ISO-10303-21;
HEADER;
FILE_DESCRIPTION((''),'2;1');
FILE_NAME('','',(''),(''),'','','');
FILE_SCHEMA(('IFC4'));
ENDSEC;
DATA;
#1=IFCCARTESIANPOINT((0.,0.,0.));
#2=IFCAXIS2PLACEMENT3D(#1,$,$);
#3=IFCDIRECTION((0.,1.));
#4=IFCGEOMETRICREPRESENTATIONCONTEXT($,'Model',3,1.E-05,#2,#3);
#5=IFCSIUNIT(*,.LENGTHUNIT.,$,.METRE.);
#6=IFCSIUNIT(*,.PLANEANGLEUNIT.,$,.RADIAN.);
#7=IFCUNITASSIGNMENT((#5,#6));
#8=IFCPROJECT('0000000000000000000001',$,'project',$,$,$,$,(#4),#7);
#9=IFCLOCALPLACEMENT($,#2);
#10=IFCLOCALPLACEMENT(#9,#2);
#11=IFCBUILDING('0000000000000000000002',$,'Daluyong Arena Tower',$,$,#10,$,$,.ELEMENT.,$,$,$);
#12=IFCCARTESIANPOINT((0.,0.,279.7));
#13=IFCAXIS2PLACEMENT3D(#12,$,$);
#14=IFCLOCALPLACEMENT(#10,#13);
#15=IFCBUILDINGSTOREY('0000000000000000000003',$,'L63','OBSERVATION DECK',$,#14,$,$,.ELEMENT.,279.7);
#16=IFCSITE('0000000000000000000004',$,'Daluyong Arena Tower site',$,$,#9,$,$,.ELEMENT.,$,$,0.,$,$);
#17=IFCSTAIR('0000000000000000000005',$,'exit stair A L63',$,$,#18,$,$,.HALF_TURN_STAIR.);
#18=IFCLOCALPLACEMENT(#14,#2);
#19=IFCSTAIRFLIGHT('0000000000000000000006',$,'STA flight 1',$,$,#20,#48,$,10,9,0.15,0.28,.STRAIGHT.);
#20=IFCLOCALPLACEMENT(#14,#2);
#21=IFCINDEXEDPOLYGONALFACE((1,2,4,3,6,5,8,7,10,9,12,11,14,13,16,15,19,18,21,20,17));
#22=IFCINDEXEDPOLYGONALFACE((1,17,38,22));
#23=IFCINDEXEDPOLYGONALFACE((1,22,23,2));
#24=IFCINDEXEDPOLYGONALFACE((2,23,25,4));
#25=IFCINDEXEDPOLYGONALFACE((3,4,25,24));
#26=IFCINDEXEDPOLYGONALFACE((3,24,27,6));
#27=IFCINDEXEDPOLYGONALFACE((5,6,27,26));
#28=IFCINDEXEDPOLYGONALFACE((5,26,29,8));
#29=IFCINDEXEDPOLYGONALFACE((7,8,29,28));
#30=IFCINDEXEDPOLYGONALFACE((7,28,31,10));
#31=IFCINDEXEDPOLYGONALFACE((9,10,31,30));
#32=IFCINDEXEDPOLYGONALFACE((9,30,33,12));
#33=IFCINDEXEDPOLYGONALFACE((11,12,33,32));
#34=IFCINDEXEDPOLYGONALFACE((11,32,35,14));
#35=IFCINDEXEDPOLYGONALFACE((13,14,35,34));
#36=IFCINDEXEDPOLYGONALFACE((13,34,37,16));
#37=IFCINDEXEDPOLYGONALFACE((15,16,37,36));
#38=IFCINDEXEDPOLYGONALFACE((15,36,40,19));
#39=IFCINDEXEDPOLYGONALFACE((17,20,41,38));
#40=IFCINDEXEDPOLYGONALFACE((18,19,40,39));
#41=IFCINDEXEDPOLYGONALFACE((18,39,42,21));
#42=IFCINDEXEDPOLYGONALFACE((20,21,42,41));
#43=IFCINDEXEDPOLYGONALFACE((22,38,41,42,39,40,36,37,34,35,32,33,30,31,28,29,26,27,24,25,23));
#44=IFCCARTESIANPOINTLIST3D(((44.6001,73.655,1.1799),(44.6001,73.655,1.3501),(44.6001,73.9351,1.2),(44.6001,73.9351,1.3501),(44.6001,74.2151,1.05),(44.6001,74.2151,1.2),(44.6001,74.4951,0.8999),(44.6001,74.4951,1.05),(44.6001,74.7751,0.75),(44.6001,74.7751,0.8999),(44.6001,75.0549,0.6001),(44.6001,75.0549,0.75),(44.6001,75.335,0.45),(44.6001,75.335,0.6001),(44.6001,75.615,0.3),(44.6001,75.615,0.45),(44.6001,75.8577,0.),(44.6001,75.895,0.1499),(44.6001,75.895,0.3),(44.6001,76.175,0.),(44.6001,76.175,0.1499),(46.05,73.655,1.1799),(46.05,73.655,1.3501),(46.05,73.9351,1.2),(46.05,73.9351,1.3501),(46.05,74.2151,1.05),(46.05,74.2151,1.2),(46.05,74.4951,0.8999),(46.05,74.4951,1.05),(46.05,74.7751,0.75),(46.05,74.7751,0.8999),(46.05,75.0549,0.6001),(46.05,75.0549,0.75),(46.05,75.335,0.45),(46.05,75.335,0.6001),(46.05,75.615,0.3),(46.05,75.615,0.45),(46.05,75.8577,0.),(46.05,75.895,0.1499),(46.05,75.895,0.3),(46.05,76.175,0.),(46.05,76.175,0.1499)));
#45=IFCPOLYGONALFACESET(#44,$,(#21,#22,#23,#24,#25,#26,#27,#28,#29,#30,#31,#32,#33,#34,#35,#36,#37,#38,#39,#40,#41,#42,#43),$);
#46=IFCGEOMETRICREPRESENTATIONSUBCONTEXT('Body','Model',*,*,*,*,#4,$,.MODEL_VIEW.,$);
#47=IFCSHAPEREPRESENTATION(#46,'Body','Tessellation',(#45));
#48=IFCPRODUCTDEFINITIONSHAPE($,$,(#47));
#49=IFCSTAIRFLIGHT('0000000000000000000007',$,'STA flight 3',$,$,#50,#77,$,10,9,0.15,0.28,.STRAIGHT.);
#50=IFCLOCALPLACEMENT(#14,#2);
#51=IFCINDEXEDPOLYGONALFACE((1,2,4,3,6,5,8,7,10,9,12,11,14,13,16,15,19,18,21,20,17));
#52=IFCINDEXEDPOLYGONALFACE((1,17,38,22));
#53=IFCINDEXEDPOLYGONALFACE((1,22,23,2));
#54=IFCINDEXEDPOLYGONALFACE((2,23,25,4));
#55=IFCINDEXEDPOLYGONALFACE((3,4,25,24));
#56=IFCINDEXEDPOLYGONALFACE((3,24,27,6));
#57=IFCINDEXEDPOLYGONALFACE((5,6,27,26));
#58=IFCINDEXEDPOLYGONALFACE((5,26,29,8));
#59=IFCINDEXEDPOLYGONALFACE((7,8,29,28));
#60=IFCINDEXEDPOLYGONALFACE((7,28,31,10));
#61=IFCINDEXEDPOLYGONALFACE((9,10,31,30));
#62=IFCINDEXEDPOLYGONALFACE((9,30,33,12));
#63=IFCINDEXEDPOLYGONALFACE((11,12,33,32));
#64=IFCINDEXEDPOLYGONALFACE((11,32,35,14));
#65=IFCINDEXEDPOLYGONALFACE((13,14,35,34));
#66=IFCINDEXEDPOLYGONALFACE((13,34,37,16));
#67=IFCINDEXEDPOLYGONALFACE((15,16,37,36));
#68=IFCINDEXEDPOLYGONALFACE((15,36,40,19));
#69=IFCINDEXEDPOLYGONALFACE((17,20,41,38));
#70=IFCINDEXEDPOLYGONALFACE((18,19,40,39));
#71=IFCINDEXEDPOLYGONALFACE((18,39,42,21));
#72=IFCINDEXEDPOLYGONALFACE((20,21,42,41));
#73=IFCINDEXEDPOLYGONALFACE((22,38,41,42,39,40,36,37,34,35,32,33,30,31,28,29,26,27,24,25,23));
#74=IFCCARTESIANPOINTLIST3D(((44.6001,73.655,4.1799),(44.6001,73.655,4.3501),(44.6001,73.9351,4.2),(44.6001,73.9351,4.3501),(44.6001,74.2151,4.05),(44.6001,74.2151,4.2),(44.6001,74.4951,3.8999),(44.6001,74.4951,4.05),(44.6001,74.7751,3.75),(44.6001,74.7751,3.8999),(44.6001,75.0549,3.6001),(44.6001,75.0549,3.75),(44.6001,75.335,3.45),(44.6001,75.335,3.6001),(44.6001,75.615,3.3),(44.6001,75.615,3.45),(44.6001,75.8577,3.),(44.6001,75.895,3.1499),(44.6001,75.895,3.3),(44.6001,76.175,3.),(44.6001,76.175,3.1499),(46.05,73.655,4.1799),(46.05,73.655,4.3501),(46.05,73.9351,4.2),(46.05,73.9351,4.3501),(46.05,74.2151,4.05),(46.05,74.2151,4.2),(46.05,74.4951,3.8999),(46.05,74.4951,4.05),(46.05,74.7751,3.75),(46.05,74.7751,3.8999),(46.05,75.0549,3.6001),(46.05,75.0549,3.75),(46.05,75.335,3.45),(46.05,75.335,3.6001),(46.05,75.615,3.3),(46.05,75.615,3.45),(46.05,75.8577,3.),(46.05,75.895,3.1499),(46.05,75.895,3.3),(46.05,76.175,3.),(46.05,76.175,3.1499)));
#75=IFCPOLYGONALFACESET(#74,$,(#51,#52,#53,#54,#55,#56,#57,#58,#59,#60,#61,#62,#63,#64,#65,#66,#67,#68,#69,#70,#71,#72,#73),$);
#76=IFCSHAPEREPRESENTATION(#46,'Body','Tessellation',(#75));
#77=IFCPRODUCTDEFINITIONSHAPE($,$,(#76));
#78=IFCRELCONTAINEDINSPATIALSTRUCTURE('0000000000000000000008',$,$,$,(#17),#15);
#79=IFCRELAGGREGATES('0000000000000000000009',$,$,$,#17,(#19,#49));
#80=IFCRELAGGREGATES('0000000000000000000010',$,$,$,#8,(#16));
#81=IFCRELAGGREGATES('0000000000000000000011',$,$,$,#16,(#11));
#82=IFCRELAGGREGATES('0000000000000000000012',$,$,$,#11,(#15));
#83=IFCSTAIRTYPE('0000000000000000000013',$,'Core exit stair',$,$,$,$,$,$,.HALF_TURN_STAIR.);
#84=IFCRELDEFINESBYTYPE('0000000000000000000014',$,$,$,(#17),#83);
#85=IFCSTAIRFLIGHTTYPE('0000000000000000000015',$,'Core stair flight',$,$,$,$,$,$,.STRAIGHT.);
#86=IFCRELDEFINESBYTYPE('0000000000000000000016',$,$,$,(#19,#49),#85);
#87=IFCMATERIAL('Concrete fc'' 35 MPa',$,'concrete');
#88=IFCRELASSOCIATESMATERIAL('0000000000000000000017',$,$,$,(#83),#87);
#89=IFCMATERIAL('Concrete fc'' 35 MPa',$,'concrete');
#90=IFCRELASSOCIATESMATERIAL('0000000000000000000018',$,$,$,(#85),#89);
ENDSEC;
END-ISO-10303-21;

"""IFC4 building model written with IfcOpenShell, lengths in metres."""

from ifc_helpers import new_model, si_unit, direction, frame, origin, place, context, subcontext, project, spatial, polyline, outline, extrude, material, type_object, element, aggregate, save


model = new_model("IFC4")

# Units and contexts
model_context = context("Model", 3, precision=1e-05, world=origin(), true_north=direction((0.0, 1.0)))
body_context = subcontext(model_context, "Body", "Model", "MODEL_VIEW")
ifc_project = project(units=[si_unit("LENGTHUNIT", "METRE"), si_unit("PLANEANGLEUNIT", "RADIAN")], contexts=[model_context])

# Site, building, storey
site_placement = place(None, origin())
site = spatial("IfcSite", under=ifc_project, at=site_placement, Name="Daluyong Arena Tower site", CompositionType="ELEMENT", RefElevation=0.0)
building_placement = place(site_placement, origin())
building = spatial("IfcBuilding", under=site, at=building_placement, Name="Daluyong Arena Tower", CompositionType="ELEMENT")
storey_placement = place(building_placement, frame((0.0, 0.0, 279.7)))
storey = spatial("IfcBuildingStorey", under=building, at=storey_placement, Name="L63", Description="OBSERVATION DECK", CompositionType="ELEMENT", Elevation=279.7)

# Stair, stair flights
ifc_material_1 = material(Name="Concrete fc' 35 MPa", Category="concrete")
stair_type = type_object("IfcStairType", Name="Core exit stair", PredefinedType="HALF_TURN_STAIR", material=ifc_material_1)
stair_placement = place(storey_placement, origin())
stair = element("IfcStair", 1, at=stair_placement, inside=storey, type_object=stair_type, Name="exit stair A L63", PredefinedType="HALF_TURN_STAIR")
ifc_material_2 = material(Name="Concrete fc' 35 MPa", Category="concrete")
stair_flight_type = type_object("IfcStairFlightType", Name="Core stair flight", PredefinedType="STRAIGHT", material=ifc_material_2)
stair_flight_1_placement = place(storey_placement, frame((45.325, 76.175, 0.0), z_axis=(0.0, 0.0, 1.0), x_axis=(0.0, -1.0, 0.0)))
stair_flight_1 = element("IfcStairFlight", 2, at=stair_flight_1_placement, type_object=stair_flight_type, Name="STA flight 1", NumberOfRisers=10, NumberOfTreads=9, PredefinedType="STRAIGHT", RiserHeight=0.15, TreadLength=0.28, context=body_context, shape_type="SweptSolid", body=[
    extrude(outline(polyline([(0.0, 0.0), (0.0, 0.1499), (0.28, 0.1499), (0.28, 0.3), (0.5601, 0.3), (0.5601, 0.45), (0.8401, 0.45), (0.8401, 0.6001), (1.1201, 0.6001), (1.1201, 0.75), (1.3999, 0.75), (1.3999, 0.8999), (1.6799, 0.8999), (1.6799, 1.05), (1.96, 1.05), (1.96, 1.2), (2.24, 1.2), (2.24, 1.3501), (2.52, 1.3501), (2.52, 1.5), (2.52, 1.1799), (0.3174, 0.0), (0.0, 0.0)])), frame((0.0, 0.7251, 0.0), z_axis=(0.0, -1.0, 0.0), x_axis=(1.0, 0.0, 0.0)), (0.0, 0.0, 1.0), 1.45),
])
stair_flight_2_placement = place(storey_placement, frame((45.325, 76.175, 3.0), z_axis=(0.0, 0.0, 1.0), x_axis=(0.0, -1.0, 0.0)))
stair_flight_2 = element("IfcStairFlight", 3, at=stair_flight_2_placement, type_object=stair_flight_type, Name="STA flight 3", NumberOfRisers=10, NumberOfTreads=9, PredefinedType="STRAIGHT", RiserHeight=0.15, TreadLength=0.28, context=body_context, shape_type="SweptSolid", body=[
    extrude(outline(polyline([(0.0, 0.0), (0.0, 0.1499), (0.28, 0.1499), (0.28, 0.3), (0.5601, 0.3), (0.5601, 0.45), (0.8401, 0.45), (0.8401, 0.6001), (1.1201, 0.6001), (1.1201, 0.75), (1.3999, 0.75), (1.3999, 0.8999), (1.6799, 0.8999), (1.6799, 1.05), (1.96, 1.05), (1.96, 1.2), (2.24, 1.2), (2.24, 1.3501), (2.52, 1.3501), (2.52, 1.5), (2.52, 1.1799), (0.3174, 0.0), (0.0, 0.0)])), frame((0.0, 0.7251, 0.0), z_axis=(0.0, -1.0, 0.0), x_axis=(1.0, 0.0, 0.0)), (0.0, 0.0, 1.0), 1.45),
])
aggregate(stair, [stair_flight_1, stair_flight_2])

save(model, "model.ifc")
